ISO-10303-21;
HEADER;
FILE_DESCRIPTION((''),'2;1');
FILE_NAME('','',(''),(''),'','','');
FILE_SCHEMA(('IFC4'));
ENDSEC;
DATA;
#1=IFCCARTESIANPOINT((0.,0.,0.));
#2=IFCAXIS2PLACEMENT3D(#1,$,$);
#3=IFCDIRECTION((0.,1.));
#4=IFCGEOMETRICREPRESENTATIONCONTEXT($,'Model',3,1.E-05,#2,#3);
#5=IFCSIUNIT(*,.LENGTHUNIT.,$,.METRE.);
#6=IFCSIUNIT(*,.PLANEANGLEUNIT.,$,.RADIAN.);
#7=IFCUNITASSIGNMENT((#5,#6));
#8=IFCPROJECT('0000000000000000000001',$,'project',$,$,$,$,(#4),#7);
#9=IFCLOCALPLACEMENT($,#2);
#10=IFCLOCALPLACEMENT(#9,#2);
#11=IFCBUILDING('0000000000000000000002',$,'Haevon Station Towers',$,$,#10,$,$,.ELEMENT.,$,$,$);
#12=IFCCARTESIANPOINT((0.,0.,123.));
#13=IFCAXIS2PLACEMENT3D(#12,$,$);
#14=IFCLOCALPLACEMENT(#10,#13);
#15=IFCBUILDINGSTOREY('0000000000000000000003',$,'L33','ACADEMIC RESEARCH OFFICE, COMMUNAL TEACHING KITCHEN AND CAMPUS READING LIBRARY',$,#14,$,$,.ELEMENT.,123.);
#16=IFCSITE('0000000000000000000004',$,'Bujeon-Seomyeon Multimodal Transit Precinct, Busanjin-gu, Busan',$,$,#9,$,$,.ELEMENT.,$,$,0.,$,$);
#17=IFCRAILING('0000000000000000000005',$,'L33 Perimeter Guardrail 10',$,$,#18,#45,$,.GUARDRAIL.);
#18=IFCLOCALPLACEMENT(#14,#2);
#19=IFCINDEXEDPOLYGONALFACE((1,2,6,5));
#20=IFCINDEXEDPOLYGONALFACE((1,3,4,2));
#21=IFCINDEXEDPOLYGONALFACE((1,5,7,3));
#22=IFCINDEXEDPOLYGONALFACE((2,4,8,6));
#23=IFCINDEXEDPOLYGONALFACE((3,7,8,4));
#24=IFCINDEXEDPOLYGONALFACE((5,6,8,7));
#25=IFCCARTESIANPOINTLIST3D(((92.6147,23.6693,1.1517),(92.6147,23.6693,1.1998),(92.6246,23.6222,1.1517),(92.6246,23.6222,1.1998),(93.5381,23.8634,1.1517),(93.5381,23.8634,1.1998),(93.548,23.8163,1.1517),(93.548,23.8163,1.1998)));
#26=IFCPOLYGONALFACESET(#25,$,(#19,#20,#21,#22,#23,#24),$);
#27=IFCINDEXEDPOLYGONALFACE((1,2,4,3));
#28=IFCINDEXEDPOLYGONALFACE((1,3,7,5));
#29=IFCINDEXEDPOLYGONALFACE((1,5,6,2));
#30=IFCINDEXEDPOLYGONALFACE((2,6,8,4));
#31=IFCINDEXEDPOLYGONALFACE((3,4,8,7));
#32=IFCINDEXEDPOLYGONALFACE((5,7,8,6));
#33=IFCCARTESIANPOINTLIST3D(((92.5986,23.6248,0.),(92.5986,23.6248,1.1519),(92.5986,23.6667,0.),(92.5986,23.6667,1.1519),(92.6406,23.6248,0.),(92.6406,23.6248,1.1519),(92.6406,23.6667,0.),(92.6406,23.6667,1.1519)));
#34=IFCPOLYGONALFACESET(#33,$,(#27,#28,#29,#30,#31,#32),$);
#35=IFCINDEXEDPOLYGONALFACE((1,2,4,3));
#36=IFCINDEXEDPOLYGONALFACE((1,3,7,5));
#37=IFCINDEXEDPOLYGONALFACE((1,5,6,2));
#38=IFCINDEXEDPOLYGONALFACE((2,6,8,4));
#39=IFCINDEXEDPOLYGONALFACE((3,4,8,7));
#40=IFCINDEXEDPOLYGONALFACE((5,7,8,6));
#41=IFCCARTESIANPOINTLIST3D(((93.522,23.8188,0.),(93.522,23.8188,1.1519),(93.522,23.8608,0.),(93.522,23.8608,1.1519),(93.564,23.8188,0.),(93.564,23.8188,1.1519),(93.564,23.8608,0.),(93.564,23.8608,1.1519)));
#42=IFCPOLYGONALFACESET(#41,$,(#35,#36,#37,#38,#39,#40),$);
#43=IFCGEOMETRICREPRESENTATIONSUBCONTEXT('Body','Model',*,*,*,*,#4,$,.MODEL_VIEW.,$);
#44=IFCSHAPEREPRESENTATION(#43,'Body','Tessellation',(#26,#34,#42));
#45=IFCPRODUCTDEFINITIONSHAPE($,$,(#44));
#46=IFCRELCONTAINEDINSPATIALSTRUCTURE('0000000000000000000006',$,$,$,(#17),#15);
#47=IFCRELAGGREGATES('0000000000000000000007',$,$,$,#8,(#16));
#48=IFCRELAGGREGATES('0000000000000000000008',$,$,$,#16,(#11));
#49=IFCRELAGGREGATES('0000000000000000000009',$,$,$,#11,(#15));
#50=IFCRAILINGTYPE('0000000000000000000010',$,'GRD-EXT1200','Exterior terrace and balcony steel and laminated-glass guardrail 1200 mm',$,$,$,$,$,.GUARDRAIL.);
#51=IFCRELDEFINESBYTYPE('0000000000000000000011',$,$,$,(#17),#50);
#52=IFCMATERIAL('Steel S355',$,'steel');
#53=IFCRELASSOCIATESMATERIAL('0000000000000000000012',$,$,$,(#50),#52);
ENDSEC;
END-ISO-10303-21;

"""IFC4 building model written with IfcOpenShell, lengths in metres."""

from ifc_helpers import new_model, si_unit, direction, frame, origin, origin_2d, place, context, subcontext, project, spatial, rectangle, extrude, material, type_object, element, save


model = new_model("IFC4")

# Units and contexts
model_context = context("Model", 3, precision=1e-05, world=origin(), true_north=direction((0.0, 1.0)))
body_context = subcontext(model_context, "Body", "Model", "MODEL_VIEW")
ifc_project = project(units=[si_unit("LENGTHUNIT", "METRE"), si_unit("PLANEANGLEUNIT", "RADIAN")], contexts=[model_context])

# Site, building, storey
site_placement = place(None, origin())
site = spatial("IfcSite", under=ifc_project, at=site_placement, Name="Bujeon-Seomyeon Multimodal Transit Precinct, Busanjin-gu, Busan", CompositionType="ELEMENT", RefElevation=0.0)
building_placement = place(site_placement, origin())
building = spatial("IfcBuilding", under=site, at=building_placement, Name="Haevon Station Towers", CompositionType="ELEMENT")
storey_placement = place(building_placement, frame((0.0, 0.0, 123.0)))
storey = spatial("IfcBuildingStorey", under=building, at=storey_placement, Name="L33", Description="ACADEMIC RESEARCH OFFICE, COMMUNAL TEACHING KITCHEN AND CAMPUS READING LIBRARY", CompositionType="ELEMENT", Elevation=123.0)

# Shared definitions
ifc_material_1 = material(Name="Steel S355", Category="steel")

# Railing
railing_type = type_object("IfcRailingType", Name="GRD-EXT1200", Description="Exterior terrace and balcony steel and laminated-glass guardrail 1200 mm", PredefinedType="GUARDRAIL", material=ifc_material_1)
railing_1_placement = place(storey_placement, frame((92.6196, 23.6458, 0.0)))
element("IfcRailing", 1, at=railing_1_placement, inside=storey, type_object=railing_type, Name="L33 Perimeter Guardrail 10", PredefinedType="GUARDRAIL", context=body_context, shape_type="SweptSolid", body=[
    extrude(rectangle(XDim=0.0481, YDim=0.0481, at=origin_2d()), frame((0.0, 0.0, 1.1758), z_axis=(0.978613, 0.205711, 0.0), x_axis=(-0.205711, 0.978613, 0.0)), (0.0, 0.0, 1.0), 0.9436),
    extrude(rectangle(XDim=0.042, YDim=0.042, at=origin_2d()), origin(), (0.0, 0.0, 1.0), 1.1519),
    extrude(rectangle(XDim=0.042, YDim=0.042, at=origin_2d()), frame((0.9233, 0.1941, 0.0)), (0.0, 0.0, 1.0), 1.1519),
])

save(model, "model.ifc")
